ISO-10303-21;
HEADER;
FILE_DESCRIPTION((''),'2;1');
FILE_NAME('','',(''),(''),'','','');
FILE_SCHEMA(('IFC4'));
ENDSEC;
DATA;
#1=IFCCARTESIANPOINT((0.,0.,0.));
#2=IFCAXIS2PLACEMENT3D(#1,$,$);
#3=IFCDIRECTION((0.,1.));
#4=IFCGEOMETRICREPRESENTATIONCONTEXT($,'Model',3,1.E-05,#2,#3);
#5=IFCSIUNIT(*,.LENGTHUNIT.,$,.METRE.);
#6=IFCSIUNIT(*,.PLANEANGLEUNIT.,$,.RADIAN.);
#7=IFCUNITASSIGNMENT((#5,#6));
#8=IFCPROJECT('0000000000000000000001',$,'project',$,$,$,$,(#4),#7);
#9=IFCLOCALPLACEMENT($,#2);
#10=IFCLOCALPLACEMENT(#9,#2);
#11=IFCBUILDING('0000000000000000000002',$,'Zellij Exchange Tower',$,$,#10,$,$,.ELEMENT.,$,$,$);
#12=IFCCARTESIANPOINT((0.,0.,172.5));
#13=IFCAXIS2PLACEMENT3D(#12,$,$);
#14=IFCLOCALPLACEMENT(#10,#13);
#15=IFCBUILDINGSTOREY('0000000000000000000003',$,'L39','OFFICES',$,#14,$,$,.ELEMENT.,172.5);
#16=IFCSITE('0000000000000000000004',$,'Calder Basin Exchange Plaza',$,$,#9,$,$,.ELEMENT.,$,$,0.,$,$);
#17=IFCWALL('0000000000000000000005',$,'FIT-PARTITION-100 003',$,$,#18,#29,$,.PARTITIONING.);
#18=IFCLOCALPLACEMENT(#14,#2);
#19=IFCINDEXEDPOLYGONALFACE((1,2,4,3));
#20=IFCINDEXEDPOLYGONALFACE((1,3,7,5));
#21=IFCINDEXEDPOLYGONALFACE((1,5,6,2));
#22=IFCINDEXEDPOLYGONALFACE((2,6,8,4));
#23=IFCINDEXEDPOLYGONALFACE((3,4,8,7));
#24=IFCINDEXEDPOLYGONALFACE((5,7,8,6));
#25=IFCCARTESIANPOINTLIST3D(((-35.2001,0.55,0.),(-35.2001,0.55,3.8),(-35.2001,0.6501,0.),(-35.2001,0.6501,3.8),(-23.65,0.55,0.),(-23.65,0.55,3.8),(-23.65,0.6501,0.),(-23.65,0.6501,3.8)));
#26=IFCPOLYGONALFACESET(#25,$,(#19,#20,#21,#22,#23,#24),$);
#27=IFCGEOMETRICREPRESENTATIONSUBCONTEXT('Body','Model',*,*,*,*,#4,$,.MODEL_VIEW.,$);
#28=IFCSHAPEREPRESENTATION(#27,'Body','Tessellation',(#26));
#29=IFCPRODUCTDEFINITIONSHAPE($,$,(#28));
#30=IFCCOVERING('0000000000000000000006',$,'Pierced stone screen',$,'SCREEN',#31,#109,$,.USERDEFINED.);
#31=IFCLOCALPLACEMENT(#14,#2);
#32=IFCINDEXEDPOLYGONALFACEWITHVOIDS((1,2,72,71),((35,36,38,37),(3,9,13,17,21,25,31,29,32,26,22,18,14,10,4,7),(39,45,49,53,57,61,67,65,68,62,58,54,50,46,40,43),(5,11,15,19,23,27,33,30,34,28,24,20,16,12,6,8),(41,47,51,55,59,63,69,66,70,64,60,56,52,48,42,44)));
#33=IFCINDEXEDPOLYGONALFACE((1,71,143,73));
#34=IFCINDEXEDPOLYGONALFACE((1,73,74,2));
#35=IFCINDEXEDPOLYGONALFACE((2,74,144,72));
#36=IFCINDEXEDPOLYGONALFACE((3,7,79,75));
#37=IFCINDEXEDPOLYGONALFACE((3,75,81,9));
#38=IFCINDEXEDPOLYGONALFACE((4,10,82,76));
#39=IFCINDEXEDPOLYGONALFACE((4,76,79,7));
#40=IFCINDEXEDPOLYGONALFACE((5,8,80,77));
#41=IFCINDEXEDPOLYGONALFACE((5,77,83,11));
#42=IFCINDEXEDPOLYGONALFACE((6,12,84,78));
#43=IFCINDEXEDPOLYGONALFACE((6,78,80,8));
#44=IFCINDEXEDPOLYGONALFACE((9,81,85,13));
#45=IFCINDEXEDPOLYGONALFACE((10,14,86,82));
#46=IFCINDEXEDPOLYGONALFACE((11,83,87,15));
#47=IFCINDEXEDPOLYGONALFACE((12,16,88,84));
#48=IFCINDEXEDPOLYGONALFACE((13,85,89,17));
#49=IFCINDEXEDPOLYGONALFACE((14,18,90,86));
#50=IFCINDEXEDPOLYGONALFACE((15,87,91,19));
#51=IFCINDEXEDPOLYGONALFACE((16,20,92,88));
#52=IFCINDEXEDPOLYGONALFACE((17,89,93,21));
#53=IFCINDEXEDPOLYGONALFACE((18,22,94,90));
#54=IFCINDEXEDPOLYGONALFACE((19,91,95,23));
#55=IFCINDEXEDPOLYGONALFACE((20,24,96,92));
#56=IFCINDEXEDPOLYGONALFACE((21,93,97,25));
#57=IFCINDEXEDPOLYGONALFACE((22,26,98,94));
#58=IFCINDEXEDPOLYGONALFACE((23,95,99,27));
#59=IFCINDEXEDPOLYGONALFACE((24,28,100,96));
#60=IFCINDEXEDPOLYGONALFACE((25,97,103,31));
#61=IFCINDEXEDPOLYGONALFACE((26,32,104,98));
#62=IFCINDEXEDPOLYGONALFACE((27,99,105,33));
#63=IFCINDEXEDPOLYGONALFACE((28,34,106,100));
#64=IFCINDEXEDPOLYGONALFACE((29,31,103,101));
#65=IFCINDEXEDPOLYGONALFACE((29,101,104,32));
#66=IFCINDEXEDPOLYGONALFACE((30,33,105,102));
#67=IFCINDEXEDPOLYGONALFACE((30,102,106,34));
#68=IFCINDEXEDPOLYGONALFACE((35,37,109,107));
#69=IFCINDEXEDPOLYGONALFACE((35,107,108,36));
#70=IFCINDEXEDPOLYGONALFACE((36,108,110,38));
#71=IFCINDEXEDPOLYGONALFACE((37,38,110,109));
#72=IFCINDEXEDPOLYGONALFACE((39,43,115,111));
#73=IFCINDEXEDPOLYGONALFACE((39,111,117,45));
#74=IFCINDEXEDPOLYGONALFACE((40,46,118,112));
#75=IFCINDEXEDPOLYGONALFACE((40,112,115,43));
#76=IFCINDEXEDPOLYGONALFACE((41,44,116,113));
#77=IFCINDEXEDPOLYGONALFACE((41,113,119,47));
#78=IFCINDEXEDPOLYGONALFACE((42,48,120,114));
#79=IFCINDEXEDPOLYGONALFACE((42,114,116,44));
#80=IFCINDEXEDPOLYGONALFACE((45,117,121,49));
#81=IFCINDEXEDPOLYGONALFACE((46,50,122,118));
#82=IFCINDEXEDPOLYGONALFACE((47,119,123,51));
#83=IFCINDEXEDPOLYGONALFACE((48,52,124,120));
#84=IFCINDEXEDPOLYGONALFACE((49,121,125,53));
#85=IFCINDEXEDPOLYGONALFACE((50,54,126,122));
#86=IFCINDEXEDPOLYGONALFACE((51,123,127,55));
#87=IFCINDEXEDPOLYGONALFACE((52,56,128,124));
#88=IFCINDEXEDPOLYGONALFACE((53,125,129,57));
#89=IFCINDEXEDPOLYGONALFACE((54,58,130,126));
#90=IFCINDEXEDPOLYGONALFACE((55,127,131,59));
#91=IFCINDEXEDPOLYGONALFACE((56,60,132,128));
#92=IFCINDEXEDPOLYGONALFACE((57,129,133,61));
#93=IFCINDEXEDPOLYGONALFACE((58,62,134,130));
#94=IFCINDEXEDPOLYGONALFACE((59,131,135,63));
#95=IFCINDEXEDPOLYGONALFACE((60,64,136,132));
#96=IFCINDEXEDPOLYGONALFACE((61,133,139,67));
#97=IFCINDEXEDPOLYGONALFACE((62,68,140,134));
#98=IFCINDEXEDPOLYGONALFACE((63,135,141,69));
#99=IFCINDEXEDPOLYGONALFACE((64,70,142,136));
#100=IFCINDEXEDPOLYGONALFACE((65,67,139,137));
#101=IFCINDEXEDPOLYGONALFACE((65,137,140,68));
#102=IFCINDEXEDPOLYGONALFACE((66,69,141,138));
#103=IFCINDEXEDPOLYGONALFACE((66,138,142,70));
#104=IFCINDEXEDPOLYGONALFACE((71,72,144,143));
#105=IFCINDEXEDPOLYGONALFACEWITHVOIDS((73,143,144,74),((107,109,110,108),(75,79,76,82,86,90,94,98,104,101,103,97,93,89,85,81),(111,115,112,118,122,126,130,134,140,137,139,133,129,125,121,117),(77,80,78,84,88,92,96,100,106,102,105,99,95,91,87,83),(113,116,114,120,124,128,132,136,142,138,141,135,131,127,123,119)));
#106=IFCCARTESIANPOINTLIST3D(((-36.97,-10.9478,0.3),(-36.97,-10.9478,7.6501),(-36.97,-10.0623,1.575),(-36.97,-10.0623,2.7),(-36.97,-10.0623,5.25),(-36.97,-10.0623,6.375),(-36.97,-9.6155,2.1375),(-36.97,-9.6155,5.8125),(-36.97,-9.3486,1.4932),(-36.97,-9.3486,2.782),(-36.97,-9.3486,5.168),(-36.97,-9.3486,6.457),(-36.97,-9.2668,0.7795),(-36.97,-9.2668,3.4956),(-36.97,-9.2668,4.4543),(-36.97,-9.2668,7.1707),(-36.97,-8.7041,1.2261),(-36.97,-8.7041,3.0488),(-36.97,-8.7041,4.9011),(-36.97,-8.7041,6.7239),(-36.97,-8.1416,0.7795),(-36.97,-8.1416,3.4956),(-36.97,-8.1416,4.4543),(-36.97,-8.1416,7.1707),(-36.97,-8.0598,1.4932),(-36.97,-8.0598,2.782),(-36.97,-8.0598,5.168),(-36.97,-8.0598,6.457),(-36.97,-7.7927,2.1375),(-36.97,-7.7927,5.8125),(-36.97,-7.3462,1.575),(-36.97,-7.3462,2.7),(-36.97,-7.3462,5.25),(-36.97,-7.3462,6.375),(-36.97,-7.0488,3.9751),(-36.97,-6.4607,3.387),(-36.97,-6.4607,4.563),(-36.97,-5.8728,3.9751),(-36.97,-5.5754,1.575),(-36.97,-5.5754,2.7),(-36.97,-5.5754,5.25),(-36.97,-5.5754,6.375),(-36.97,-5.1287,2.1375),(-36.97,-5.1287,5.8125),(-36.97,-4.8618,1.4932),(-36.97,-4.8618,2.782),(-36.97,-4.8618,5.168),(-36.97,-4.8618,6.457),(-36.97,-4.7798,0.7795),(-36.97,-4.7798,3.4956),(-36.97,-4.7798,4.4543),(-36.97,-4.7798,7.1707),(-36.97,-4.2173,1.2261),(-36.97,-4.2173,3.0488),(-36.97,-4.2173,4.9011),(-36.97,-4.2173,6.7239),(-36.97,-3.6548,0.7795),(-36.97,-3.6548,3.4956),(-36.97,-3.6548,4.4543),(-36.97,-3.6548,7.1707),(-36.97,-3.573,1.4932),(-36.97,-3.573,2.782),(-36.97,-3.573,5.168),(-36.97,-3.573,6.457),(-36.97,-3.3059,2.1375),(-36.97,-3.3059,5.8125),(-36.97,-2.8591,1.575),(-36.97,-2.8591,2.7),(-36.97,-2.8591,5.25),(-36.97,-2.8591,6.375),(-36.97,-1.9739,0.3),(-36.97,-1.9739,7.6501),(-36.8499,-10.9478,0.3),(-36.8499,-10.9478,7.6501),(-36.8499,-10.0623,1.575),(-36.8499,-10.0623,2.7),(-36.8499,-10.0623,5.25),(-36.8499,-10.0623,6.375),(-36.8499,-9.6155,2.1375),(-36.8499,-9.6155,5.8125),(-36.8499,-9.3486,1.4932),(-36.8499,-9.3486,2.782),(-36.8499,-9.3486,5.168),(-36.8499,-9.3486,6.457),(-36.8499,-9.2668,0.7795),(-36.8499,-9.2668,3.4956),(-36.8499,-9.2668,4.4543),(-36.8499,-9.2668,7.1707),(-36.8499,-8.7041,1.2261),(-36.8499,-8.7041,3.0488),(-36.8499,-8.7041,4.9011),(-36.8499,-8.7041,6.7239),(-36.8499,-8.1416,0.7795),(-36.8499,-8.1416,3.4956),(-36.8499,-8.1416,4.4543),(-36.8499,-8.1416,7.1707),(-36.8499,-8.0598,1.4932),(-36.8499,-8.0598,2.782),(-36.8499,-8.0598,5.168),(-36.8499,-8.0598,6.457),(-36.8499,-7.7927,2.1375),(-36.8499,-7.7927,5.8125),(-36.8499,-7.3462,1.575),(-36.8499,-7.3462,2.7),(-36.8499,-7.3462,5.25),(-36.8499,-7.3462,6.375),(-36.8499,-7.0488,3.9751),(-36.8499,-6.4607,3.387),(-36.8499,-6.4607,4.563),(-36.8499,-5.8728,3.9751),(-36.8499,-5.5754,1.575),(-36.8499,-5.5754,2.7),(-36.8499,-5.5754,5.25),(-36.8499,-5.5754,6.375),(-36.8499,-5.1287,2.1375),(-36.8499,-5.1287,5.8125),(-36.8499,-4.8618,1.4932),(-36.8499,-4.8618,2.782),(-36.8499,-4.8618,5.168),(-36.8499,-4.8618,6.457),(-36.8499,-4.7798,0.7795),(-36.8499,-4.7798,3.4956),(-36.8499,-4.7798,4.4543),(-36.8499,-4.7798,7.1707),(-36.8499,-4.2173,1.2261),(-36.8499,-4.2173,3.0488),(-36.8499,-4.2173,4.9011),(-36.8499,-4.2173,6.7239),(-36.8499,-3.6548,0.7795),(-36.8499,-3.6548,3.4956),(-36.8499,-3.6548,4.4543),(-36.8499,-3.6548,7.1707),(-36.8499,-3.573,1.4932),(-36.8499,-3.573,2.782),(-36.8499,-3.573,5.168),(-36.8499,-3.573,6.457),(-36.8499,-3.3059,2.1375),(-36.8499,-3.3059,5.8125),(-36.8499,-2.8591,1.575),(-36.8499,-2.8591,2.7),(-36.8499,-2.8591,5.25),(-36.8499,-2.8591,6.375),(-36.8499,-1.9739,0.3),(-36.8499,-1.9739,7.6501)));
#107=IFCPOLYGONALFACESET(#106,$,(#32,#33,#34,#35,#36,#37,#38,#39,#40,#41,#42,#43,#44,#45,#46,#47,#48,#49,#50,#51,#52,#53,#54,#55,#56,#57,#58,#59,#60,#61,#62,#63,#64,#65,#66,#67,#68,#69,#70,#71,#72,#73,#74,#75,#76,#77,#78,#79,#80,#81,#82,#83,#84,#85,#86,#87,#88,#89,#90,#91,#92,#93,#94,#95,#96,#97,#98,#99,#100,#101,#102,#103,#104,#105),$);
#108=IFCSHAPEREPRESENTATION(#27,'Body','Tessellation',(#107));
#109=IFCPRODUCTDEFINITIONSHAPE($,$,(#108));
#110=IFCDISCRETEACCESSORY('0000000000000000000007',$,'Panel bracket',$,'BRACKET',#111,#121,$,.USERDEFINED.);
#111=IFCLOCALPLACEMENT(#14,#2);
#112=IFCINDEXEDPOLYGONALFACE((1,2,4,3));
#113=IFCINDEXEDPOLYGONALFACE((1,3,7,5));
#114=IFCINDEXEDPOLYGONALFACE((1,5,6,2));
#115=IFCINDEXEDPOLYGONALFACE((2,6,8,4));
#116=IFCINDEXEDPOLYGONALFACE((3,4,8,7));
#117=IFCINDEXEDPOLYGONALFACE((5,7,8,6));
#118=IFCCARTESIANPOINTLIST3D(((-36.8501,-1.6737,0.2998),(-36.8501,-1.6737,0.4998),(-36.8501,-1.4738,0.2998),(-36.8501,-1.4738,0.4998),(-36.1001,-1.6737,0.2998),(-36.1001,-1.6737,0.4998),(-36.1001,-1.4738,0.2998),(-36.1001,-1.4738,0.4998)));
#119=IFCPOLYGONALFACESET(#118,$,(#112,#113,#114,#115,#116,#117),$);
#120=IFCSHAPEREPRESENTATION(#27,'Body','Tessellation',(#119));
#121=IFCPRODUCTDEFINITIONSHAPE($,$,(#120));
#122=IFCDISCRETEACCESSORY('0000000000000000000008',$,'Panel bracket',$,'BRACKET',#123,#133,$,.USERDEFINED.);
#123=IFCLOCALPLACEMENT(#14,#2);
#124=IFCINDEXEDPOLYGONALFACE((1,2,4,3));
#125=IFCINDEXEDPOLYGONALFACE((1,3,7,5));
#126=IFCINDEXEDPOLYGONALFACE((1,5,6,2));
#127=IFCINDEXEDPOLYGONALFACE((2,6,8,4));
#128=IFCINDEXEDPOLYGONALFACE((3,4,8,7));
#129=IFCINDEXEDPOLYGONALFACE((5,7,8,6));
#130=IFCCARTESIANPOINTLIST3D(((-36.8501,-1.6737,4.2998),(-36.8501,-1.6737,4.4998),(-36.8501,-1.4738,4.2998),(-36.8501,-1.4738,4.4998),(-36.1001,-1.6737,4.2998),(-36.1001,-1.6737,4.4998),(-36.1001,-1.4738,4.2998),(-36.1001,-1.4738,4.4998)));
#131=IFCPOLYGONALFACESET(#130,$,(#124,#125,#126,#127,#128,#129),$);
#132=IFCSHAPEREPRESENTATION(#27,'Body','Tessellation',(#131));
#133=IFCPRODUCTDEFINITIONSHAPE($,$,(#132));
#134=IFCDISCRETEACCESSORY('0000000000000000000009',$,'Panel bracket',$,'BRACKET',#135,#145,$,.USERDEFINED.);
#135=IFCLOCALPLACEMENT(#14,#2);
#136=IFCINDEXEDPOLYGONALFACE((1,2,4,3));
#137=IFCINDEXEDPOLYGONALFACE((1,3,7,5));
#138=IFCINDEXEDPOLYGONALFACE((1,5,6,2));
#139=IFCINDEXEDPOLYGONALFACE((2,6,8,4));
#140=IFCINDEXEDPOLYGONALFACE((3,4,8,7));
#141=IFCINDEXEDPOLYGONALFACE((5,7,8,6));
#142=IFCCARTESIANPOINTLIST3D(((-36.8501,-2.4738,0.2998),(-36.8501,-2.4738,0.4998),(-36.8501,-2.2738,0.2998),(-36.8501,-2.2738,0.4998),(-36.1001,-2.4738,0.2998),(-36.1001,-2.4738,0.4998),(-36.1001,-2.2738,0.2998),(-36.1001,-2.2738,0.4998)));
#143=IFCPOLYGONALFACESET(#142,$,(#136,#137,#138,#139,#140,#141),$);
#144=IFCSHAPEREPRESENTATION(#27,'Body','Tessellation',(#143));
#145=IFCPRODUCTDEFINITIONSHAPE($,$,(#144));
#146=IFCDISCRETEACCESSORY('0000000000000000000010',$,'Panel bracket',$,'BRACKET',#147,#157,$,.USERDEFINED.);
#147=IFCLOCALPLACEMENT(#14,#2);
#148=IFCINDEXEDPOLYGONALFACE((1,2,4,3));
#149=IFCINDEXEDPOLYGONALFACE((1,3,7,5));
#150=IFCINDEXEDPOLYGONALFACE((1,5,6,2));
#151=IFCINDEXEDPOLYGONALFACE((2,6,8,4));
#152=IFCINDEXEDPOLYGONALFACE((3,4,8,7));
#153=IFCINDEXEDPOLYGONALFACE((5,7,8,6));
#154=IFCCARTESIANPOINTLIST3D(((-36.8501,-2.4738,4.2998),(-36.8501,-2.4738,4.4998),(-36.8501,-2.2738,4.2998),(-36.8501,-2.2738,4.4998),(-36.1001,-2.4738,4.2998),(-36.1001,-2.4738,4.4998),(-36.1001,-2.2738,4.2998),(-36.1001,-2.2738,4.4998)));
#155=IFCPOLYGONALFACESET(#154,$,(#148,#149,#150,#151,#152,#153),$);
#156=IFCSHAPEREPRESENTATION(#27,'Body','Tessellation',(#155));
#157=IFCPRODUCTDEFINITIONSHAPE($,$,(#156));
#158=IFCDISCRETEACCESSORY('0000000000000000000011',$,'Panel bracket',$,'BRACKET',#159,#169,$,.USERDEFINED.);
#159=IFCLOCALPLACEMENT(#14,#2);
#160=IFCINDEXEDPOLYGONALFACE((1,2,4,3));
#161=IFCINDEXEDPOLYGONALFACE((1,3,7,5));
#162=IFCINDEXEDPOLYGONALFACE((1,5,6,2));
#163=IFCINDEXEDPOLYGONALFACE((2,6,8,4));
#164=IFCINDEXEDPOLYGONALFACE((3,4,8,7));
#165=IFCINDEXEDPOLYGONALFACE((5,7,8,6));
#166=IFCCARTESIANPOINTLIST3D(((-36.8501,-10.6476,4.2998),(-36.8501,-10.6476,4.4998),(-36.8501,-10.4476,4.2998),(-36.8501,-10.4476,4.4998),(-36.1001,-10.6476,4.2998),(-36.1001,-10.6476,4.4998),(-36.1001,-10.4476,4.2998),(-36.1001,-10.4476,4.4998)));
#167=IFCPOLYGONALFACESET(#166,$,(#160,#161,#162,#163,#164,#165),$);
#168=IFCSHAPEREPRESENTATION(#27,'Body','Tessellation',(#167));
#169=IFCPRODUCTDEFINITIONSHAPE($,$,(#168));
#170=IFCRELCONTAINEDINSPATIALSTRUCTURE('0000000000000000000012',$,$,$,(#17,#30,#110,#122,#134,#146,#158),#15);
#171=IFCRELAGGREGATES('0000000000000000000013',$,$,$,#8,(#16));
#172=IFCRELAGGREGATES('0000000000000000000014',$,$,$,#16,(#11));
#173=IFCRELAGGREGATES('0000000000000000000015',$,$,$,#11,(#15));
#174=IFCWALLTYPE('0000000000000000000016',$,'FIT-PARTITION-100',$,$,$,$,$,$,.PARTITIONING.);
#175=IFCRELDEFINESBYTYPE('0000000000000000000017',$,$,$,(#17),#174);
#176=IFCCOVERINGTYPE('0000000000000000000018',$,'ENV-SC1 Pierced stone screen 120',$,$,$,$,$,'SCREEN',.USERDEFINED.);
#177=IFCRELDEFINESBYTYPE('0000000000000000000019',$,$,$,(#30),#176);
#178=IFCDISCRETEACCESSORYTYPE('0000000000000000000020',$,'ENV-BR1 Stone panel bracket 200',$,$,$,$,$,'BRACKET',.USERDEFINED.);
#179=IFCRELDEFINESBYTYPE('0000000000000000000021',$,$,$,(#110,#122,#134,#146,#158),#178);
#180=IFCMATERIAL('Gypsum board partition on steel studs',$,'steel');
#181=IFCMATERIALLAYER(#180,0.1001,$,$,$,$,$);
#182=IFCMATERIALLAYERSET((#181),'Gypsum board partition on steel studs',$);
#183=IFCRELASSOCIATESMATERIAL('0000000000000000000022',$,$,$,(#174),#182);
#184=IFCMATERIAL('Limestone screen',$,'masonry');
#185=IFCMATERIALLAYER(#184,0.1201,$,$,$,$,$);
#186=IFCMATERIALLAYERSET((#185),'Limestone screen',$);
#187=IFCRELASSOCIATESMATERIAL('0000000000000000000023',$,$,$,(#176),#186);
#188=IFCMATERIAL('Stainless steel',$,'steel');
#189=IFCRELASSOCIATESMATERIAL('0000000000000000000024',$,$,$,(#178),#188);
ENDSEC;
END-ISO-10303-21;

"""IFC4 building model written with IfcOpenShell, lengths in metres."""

from ifc_helpers import new_model, si_unit, direction, frame, frame_2d, origin, origin_2d, place, context, subcontext, project, spatial, polyline, rectangle, outline, extrude, material, layer, layer_set, type_object, element, save


model = new_model("IFC4")

# Units and contexts
model_context = context("Model", 3, precision=1e-05, world=origin(), true_north=direction((0.0, 1.0)))
body_context = subcontext(model_context, "Body", "Model", "MODEL_VIEW")
ifc_project = project(units=[si_unit("LENGTHUNIT", "METRE"), si_unit("PLANEANGLEUNIT", "RADIAN")], contexts=[model_context])

# Site, building, storey
site_placement = place(None, origin())
site = spatial("IfcSite", under=ifc_project, at=site_placement, Name="Calder Basin Exchange Plaza", CompositionType="ELEMENT", RefElevation=0.0)
building_placement = place(site_placement, origin())
building = spatial("IfcBuilding", under=site, at=building_placement, Name="Zellij Exchange Tower", CompositionType="ELEMENT")
storey_placement = place(building_placement, frame((0.0, 0.0, 172.5)))
storey = spatial("IfcBuildingStorey", under=building, at=storey_placement, Name="L39", Description="OFFICES", CompositionType="ELEMENT", Elevation=172.5)

# Wall
ifc_material_1 = material(Name="Gypsum board partition on steel studs", Category="steel")
ifc_layer_1 = layer(ifc_material_1, 0.1001)
ifc_layer_set_1 = layer_set([ifc_layer_1], Name="Gypsum board partition on steel studs")
wall_type_1 = type_object("IfcWallType", Name="FIT-PARTITION-100", PredefinedType="PARTITIONING", material=ifc_layer_set_1)
wall_1_placement = place(storey_placement, frame((-35.2, 0.6001, 0.0), z_axis=(0.0, 0.0, 1.0), x_axis=(1.0, 0.0, 0.0)))
element("IfcWall", 1, at=wall_1_placement, inside=storey, type_object=wall_type_1, Name="FIT-PARTITION-100 003", PredefinedType="PARTITIONING", context=body_context, shape_type="SweptSolid", body=[
    extrude(rectangle(XDim=11.55, YDim=0.1001, at=frame_2d((5.7749, 0.0))), origin(), (0.0, 0.0, 1.0), 3.8),
])

# Covering
ifc_material_2 = material(Name="Limestone screen", Category="masonry")
ifc_layer_2 = layer(ifc_material_2, 0.1201)
ifc_layer_set_2 = layer_set([ifc_layer_2], Name="Limestone screen")
covering_type = type_object("IfcCoveringType", Name="ENV-SC1 Pierced stone screen 120", ElementType="SCREEN", PredefinedType="USERDEFINED", material=ifc_layer_set_2)
covering_placement = place(storey_placement, frame((-36.9099, -1.9739, 0.3), z_axis=(0.0, 0.0, 1.0), x_axis=(0.0, -1.0, 0.0)))
element("IfcCovering", 2, at=covering_placement, inside=storey, type_object=covering_type, Name="Pierced stone screen", ObjectType="SCREEN", PredefinedType="USERDEFINED", context=body_context, shape_type="SweptSolid", body=[
    extrude(outline(polyline([(0.0, 0.0), (8.9739, 0.0), (8.9739, 7.3501), (0.0, 7.3501), (0.0, 0.0)]), holes=[polyline([(3.6016, 2.3999), (2.8879, 2.4819), (2.8059, 3.1956), (2.2434, 2.7488), (1.6809, 3.1956), (1.5991, 2.4819), (0.8853, 2.3999), (1.332, 1.8374), (0.8853, 1.2749), (1.5991, 1.1931), (1.6809, 0.4795), (2.2434, 0.926), (2.8059, 0.4795), (2.8879, 1.1931), (3.6016, 1.2749), (3.1548, 1.8374), (3.6016, 2.3999)]), polyline([(3.6016, 6.075), (2.8879, 6.157), (2.8059, 6.8706), (2.2434, 6.4238), (1.6809, 6.8706), (1.5991, 6.157), (0.8853, 6.075), (1.332, 5.5125), (0.8853, 4.95), (1.5991, 4.8679), (1.6809, 4.1543), (2.2434, 4.6011), (2.8059, 4.1543), (2.8879, 4.8679), (3.6016, 4.95), (3.1548, 5.5125), (3.6016, 6.075)]), polyline([(8.0884, 2.3999), (7.3748, 2.4819), (7.293, 3.1956), (6.7302, 2.7488), (6.1677, 3.1956), (6.0859, 2.4819), (5.3723, 2.3999), (5.8188, 1.8374), (5.3723, 1.2749), (6.0859, 1.1931), (6.1677, 0.4795), (6.7302, 0.926), (7.293, 0.4795), (7.3748, 1.1931), (8.0884, 1.2749), (7.6416, 1.8374), (8.0884, 2.3999)]), polyline([(8.0884, 6.075), (7.3748, 6.157), (7.293, 6.8706), (6.7302, 6.4238), (6.1677, 6.8706), (6.0859, 6.157), (5.3723, 6.075), (5.8188, 5.5125), (5.3723, 4.95), (6.0859, 4.8679), (6.1677, 4.1543), (6.7302, 4.6011), (7.293, 4.1543), (7.3748, 4.8679), (8.0884, 4.95), (7.6416, 5.5125), (8.0884, 6.075)]), polyline([(5.075, 3.675), (4.4868, 4.2629), (3.8989, 3.675), (4.4868, 3.0869), (5.075, 3.675)])]), frame((0.0, 0.0601, 0.0), z_axis=(0.0, -1.0, 0.0), x_axis=(1.0, 0.0, 0.0)), (0.0, 0.0, 1.0), 0.1201),
])

# Discrete accessories
ifc_material_3 = material(Name="Stainless steel", Category="steel")
discrete_accessory_type = type_object("IfcDiscreteAccessoryType", Name="ENV-BR1 Stone panel bracket 200", ElementType="BRACKET", PredefinedType="USERDEFINED", material=ifc_material_3)
for number, where, z_axis, x_axis, name in (
    (3, (-36.4751, -1.5737, 0.2998), (0.0, 0.0, 1.0), (0.0, -1.0, 0.0), "Panel bracket"),
    (4, (-36.4751, -1.5737, 4.2998), (0.0, 0.0, 1.0), (0.0, -1.0, 0.0), "Panel bracket"),
    (5, (-36.4751, -2.3738, 0.2998), (0.0, 0.0, 1.0), (0.0, -1.0, 0.0), "Panel bracket"),
    (6, (-36.4751, -2.3738, 4.2998), (0.0, 0.0, 1.0), (0.0, -1.0, 0.0), "Panel bracket"),
    (7, (-36.4751, -10.5476, 4.2998), (0.0, 0.0, 1.0), (0.0, -1.0, 0.0), "Panel bracket"),
):
    element("IfcDiscreteAccessory", number, at=place(storey_placement, frame(where, z_axis=z_axis, x_axis=x_axis)), inside=storey, type_object=discrete_accessory_type, Name=name, ObjectType="BRACKET", PredefinedType="USERDEFINED", context=body_context, shape_type="SweptSolid", body=[
        extrude(rectangle(XDim=0.2, YDim=0.75, at=origin_2d()), origin(), (0.0, 0.0, 1.0), 0.2),
    ])

save(model, "model.ifc")
